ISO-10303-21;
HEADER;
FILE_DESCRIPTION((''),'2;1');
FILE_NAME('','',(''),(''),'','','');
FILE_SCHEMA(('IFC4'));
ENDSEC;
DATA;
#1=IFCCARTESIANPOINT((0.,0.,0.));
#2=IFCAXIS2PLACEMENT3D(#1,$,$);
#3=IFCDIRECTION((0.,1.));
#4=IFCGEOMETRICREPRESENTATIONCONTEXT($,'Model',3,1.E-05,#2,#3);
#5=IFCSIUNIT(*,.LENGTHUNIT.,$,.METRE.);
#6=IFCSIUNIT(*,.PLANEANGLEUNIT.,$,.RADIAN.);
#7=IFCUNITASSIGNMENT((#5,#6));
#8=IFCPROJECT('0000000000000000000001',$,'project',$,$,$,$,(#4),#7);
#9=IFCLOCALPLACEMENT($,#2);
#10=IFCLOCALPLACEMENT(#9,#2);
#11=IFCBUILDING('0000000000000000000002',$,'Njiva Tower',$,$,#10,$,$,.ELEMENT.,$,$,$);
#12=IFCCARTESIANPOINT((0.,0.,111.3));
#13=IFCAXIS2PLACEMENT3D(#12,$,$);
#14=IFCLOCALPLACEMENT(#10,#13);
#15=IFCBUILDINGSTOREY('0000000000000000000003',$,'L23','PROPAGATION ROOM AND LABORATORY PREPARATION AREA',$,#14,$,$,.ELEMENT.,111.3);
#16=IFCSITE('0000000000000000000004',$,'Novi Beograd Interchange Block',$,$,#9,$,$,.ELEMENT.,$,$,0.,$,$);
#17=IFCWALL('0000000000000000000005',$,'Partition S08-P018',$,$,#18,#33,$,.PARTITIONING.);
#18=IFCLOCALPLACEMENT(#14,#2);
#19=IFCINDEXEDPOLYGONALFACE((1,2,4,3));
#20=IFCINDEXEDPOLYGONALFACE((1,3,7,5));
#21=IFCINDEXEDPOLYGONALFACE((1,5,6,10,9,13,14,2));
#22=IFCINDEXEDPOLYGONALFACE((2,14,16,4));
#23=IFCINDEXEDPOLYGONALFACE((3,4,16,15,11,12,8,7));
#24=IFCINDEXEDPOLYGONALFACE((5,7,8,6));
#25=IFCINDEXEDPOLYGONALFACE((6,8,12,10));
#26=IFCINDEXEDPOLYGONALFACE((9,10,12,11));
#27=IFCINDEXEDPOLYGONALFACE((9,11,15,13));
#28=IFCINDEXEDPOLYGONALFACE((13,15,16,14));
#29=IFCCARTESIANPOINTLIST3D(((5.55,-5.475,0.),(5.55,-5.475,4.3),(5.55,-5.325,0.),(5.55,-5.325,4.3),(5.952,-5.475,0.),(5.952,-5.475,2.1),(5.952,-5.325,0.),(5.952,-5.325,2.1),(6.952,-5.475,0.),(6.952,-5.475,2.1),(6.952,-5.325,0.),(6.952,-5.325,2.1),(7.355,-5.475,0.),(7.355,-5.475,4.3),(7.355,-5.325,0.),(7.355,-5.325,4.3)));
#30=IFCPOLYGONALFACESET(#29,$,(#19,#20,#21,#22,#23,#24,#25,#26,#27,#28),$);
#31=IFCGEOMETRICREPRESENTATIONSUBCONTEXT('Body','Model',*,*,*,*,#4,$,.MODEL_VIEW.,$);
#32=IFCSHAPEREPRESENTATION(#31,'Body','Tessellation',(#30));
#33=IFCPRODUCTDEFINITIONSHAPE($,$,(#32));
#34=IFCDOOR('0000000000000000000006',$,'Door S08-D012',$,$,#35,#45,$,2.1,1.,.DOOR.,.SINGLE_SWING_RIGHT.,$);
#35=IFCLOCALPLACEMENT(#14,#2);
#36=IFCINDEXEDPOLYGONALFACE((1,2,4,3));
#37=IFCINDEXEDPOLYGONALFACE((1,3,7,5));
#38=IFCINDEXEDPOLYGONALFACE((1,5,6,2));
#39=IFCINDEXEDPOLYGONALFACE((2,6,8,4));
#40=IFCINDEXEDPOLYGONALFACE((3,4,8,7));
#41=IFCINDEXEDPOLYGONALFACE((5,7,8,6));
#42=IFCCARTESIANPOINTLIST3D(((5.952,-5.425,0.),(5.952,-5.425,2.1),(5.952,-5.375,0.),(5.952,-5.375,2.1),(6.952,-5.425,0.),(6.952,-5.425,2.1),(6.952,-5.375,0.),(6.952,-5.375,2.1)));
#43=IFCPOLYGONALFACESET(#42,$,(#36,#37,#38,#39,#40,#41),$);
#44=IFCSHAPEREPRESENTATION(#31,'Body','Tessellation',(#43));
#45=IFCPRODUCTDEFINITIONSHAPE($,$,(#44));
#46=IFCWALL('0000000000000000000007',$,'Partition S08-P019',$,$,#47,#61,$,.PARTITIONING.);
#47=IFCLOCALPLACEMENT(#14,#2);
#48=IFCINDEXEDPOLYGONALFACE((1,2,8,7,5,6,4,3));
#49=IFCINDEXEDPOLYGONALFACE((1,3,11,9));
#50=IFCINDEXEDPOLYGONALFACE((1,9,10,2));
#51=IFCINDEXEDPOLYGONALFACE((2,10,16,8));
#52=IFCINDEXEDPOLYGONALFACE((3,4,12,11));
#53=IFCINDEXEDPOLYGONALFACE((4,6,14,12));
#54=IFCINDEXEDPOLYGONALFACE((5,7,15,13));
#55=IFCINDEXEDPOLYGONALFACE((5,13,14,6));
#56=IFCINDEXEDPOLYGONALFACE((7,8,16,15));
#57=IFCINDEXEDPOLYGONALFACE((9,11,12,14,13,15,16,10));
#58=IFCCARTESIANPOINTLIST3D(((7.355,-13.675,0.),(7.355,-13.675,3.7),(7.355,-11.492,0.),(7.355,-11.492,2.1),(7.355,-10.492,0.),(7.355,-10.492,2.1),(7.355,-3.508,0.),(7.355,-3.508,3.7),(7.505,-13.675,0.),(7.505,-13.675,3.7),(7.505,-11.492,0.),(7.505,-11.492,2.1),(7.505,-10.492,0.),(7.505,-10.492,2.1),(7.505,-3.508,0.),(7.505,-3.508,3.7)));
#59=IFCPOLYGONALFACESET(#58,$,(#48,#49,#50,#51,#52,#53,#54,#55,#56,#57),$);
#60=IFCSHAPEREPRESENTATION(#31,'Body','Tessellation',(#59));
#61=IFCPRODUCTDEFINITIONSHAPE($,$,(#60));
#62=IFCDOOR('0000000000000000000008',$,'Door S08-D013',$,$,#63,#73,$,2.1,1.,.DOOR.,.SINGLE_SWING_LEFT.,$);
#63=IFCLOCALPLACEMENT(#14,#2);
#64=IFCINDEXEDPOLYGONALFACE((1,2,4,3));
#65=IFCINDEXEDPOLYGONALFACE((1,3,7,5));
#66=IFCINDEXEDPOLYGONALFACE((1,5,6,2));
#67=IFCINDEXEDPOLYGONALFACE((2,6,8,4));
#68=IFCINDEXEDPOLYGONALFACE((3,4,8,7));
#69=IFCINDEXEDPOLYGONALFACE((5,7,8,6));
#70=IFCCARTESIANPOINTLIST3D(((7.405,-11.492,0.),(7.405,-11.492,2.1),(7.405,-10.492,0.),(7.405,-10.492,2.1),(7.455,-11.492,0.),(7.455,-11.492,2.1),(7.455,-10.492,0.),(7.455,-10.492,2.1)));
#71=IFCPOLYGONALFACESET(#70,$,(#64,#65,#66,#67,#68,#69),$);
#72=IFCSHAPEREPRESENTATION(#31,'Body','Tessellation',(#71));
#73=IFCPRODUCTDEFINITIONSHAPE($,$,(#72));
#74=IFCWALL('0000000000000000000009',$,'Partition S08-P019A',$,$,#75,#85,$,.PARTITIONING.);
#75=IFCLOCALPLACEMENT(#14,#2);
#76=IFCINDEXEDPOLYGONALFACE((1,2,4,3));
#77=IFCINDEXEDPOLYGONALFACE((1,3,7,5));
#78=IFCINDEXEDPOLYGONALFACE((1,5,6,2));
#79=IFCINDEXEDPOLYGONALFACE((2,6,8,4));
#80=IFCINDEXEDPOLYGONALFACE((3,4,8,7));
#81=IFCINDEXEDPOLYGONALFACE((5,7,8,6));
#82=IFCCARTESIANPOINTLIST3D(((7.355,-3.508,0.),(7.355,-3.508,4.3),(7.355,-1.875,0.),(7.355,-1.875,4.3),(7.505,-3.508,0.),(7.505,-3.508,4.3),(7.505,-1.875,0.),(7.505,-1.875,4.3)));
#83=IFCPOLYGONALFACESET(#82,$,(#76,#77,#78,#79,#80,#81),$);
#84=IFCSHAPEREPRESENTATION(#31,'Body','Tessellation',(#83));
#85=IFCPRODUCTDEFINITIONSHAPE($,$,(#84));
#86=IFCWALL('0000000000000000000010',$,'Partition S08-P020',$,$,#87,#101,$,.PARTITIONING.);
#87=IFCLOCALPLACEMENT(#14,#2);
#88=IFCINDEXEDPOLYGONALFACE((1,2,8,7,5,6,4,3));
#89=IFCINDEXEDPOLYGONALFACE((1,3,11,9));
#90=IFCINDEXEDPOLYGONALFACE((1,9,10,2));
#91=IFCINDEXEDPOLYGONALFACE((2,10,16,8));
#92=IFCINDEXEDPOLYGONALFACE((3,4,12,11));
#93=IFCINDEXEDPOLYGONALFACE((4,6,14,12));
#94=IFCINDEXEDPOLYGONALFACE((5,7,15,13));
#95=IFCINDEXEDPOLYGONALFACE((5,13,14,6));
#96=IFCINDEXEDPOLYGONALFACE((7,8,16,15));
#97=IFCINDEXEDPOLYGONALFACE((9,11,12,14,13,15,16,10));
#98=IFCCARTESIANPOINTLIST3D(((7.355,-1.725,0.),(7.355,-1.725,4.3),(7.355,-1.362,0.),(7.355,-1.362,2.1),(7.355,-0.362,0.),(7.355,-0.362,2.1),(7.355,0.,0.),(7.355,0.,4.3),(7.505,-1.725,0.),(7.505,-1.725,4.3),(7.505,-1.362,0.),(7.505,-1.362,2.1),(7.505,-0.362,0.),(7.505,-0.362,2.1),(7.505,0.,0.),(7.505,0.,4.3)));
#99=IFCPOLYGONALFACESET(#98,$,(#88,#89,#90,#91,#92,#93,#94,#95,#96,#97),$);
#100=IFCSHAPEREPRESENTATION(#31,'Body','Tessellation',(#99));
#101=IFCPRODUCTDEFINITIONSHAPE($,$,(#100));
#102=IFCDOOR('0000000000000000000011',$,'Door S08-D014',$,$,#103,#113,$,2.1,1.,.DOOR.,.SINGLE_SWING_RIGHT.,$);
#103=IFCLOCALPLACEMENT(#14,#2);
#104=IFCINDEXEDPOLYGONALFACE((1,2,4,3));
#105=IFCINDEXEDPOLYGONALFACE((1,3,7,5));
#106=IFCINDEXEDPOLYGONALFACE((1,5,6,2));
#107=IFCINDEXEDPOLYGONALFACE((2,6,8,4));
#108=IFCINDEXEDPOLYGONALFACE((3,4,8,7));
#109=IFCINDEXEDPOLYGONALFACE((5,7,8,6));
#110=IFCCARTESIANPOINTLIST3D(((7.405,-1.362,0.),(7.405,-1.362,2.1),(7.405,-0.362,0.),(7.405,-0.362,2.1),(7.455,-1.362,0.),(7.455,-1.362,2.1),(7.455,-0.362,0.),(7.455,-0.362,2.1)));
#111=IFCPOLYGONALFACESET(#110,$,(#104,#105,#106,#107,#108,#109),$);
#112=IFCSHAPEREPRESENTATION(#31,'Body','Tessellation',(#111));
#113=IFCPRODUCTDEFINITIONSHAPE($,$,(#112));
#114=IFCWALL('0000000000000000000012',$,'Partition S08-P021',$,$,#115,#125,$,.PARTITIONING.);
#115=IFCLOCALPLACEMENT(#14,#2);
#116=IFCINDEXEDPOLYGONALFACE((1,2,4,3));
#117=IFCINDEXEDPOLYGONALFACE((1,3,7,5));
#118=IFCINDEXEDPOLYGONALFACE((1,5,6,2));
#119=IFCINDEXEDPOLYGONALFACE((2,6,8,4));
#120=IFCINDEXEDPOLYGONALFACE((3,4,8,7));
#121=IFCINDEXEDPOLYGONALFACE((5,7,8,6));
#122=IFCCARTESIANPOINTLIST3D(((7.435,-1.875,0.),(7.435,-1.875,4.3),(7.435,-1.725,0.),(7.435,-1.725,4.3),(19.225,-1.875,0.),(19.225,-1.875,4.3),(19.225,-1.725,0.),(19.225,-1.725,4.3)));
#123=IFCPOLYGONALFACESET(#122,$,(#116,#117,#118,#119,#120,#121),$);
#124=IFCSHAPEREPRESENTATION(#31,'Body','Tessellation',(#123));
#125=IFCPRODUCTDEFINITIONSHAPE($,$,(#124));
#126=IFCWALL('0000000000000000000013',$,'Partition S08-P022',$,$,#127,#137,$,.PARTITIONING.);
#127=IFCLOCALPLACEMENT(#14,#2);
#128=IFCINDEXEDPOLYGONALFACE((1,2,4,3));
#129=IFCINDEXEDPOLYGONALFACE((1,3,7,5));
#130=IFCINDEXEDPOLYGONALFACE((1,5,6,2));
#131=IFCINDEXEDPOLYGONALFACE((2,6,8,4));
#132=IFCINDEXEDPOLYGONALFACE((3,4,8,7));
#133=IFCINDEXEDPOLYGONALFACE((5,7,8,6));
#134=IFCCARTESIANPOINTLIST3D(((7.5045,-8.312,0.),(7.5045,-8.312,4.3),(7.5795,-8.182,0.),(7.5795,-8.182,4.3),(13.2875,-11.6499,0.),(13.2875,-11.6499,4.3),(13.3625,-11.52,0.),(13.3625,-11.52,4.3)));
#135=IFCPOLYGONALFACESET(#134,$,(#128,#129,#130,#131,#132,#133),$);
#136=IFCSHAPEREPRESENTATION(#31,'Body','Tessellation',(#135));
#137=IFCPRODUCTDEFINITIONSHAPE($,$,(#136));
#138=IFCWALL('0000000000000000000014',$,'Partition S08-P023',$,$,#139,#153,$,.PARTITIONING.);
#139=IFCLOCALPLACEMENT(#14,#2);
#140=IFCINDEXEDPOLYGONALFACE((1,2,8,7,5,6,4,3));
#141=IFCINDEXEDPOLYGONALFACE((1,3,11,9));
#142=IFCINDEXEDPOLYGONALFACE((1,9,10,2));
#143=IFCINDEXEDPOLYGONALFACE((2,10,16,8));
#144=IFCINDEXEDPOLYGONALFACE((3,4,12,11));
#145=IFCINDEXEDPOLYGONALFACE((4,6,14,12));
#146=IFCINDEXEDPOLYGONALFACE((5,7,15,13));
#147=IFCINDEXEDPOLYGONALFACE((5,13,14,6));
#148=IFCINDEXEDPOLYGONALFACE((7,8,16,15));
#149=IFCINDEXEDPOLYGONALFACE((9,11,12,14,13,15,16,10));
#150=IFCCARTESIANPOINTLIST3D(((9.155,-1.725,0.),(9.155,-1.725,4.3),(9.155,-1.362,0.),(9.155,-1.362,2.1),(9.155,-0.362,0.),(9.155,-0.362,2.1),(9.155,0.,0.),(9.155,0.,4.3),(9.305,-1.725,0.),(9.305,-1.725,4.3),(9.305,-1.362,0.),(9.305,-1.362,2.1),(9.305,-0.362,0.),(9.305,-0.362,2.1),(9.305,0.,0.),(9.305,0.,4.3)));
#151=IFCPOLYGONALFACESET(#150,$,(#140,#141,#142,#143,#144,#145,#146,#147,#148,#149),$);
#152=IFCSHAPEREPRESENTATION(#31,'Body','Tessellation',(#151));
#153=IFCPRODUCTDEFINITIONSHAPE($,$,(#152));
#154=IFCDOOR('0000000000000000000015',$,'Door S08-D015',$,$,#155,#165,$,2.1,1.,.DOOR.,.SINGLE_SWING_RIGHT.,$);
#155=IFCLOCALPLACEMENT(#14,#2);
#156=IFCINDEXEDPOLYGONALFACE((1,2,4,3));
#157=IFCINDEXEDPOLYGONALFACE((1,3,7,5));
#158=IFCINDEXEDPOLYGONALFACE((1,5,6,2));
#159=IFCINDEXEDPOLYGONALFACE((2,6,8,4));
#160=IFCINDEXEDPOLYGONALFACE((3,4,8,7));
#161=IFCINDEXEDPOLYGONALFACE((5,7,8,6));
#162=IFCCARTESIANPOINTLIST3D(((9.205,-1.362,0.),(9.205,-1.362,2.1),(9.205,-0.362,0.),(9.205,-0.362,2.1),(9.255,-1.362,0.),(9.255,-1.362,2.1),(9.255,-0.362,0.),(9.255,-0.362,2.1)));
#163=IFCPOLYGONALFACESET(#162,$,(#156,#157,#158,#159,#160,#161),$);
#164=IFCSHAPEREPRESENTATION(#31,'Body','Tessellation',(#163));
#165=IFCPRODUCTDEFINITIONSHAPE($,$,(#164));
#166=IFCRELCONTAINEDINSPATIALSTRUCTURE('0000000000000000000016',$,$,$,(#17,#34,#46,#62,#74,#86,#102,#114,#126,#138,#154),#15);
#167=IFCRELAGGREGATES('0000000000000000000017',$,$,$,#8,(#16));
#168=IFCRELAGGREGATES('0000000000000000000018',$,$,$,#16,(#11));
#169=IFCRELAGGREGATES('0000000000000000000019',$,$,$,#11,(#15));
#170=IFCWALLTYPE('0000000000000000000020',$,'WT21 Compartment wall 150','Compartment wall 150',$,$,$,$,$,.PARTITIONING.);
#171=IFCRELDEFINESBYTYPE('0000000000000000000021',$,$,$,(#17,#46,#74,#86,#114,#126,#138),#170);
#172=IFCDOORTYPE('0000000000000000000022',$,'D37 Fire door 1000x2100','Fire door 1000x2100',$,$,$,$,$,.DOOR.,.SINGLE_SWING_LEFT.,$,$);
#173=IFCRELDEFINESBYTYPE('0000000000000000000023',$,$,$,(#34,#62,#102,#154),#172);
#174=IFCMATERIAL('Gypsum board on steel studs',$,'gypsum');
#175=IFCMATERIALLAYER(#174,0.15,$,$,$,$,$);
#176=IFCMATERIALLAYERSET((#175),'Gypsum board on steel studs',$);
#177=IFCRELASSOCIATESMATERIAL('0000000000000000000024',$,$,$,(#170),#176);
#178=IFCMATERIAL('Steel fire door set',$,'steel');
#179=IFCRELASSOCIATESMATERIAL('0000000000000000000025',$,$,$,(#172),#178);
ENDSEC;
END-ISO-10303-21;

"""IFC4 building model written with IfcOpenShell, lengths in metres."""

from ifc_helpers import new_model, si_unit, direction, frame, frame_2d, origin, place, context, subcontext, project, spatial, rectangle, extrude, material, layer, layer_set, type_object, element, fill, save


model = new_model("IFC4")

# Units and contexts
model_context = context("Model", 3, precision=1e-05, world=origin(), true_north=direction((0.0, 1.0)))
body_context = subcontext(model_context, "Body", "Model", "MODEL_VIEW")
ifc_project = project(units=[si_unit("LENGTHUNIT", "METRE"), si_unit("PLANEANGLEUNIT", "RADIAN")], contexts=[model_context])

# Site, building, storey
site_placement = place(None, origin())
site = spatial("IfcSite", under=ifc_project, at=site_placement, Name="Novi Beograd Interchange Block", CompositionType="ELEMENT", RefElevation=0.0)
building_placement = place(site_placement, origin())
building = spatial("IfcBuilding", under=site, at=building_placement, Name="Njiva Tower", CompositionType="ELEMENT")
storey_placement = place(building_placement, frame((0.0, 0.0, 111.3)))
storey = spatial("IfcBuildingStorey", under=building, at=storey_placement, Name="L23", Description="PROPAGATION ROOM AND LABORATORY PREPARATION AREA", CompositionType="ELEMENT", Elevation=111.3)

# Shared definitions
ifc_material_1 = material(Name="Gypsum board on steel studs", Category="gypsum")
ifc_layer_1 = layer(ifc_material_1, 0.15)
ifc_layer_set_1 = layer_set([ifc_layer_1], Name="Gypsum board on steel studs")
wall_type_1 = type_object("IfcWallType", Name="WT21 Compartment wall 150", Description="Compartment wall 150", PredefinedType="PARTITIONING", material=ifc_layer_set_1)

# Shared definitions
ifc_material_2 = material(Name="Steel fire door set", Category="steel")
door_type_1 = type_object("IfcDoorType", Name="D37 Fire door 1000x2100", Description="Fire door 1000x2100", OperationType="SINGLE_SWING_LEFT", PredefinedType="DOOR", material=ifc_material_2)

# Walls, openings, doors
wall_1_placement = place(storey_placement, frame((5.55, -5.4, 0.0), z_axis=(0.0, 0.0, 1.0), x_axis=(1.0, 0.0, 0.0)))
wall_1 = element("IfcWall", 1, at=wall_1_placement, inside=storey, type_object=wall_type_1, Name="Partition S08-P018", PredefinedType="PARTITIONING", context=body_context, shape_type="SweptSolid", body=[
    extrude(rectangle(XDim=1.805, YDim=0.15, at=frame_2d((0.9025, 0.0))), origin(), (0.0, 0.0, 1.0), 4.3),
])
opening_1_placement = place(wall_1_placement, frame((0.402, 0.0, 0.0)))
opening_1 = element("IfcOpeningElement", 2, at=opening_1_placement, cuts=wall_1, PredefinedType="OPENING", context=body_context, shape_type="SweptSolid", body=[
    extrude(rectangle(XDim=1.0, YDim=2.1, at=frame_2d((0.5, 1.05))), frame((0.0, 0.085, 0.0), z_axis=(0.0, -1.0, 0.0), x_axis=(1.0, 0.0, 0.0)), (0.0, 0.0, 1.0), 0.17),
])
door_1_placement = place(opening_1_placement, origin())
door_1 = element("IfcDoor", 3, at=door_1_placement, inside=storey, type_object=door_type_1, Name="Door S08-D012", OperationType="SINGLE_SWING_RIGHT", OverallHeight=2.1, OverallWidth=1.0, PredefinedType="DOOR", context=body_context, shape_type="SweptSolid", body=[
    extrude(rectangle(XDim=1.0, YDim=2.1, at=frame_2d((0.5, 1.05))), frame((0.0, 0.025, 0.0), z_axis=(0.0, -1.0, 0.0), x_axis=(1.0, 0.0, 0.0)), (0.0, 0.0, 1.0), 0.05),
])
fill(opening_1, door_1)
wall_2_placement = place(storey_placement, frame((7.43, -13.675, 0.0), z_axis=(0.0, 0.0, 1.0), x_axis=(0.0, 1.0, 0.0)))
wall_2 = element("IfcWall", 4, at=wall_2_placement, inside=storey, type_object=wall_type_1, Name="Partition S08-P019", PredefinedType="PARTITIONING", context=body_context, shape_type="SweptSolid", body=[
    extrude(rectangle(XDim=10.167, YDim=0.15, at=frame_2d((5.0835, 0.0))), origin(), (0.0, 0.0, 1.0), 3.7),
])
opening_2_placement = place(wall_2_placement, frame((2.183, 0.0, 0.0)))
opening_2 = element("IfcOpeningElement", 5, at=opening_2_placement, cuts=wall_2, PredefinedType="OPENING", context=body_context, shape_type="SweptSolid", body=[
    extrude(rectangle(XDim=1.0, YDim=2.1, at=frame_2d((0.5, 1.05))), frame((0.0, 0.085, 0.0), z_axis=(0.0, -1.0, 0.0), x_axis=(1.0, 0.0, 0.0)), (0.0, 0.0, 1.0), 0.17),
])
door_2_placement = place(opening_2_placement, origin())
door_2 = element("IfcDoor", 6, at=door_2_placement, inside=storey, type_object=door_type_1, Name="Door S08-D013", OperationType="SINGLE_SWING_LEFT", OverallHeight=2.1, OverallWidth=1.0, PredefinedType="DOOR", context=body_context, shape_type="SweptSolid", body=[
    extrude(rectangle(XDim=1.0, YDim=2.1, at=frame_2d((0.5, 1.05))), frame((0.0, 0.025, 0.0), z_axis=(0.0, -1.0, 0.0), x_axis=(1.0, 0.0, 0.0)), (0.0, 0.0, 1.0), 0.05),
])
fill(opening_2, door_2)

# Wall
wall_3_placement = place(storey_placement, frame((7.43, -3.508, 0.0), z_axis=(0.0, 0.0, 1.0), x_axis=(0.0, 1.0, 0.0)))
element("IfcWall", 7, at=wall_3_placement, inside=storey, type_object=wall_type_1, Name="Partition S08-P019A", PredefinedType="PARTITIONING", context=body_context, shape_type="SweptSolid", body=[
    extrude(rectangle(XDim=1.633, YDim=0.15, at=frame_2d((0.8165, 0.0))), origin(), (0.0, 0.0, 1.0), 4.3),
])

# Wall, opening, door
wall_4_placement = place(storey_placement, frame((7.43, -1.725, 0.0), z_axis=(0.0, 0.0, 1.0), x_axis=(0.0, 1.0, 0.0)))
wall_4 = element("IfcWall", 8, at=wall_4_placement, inside=storey, type_object=wall_type_1, Name="Partition S08-P020", PredefinedType="PARTITIONING", context=body_context, shape_type="SweptSolid", body=[
    extrude(rectangle(XDim=1.725, YDim=0.15, at=frame_2d((0.8625, 0.0))), origin(), (0.0, 0.0, 1.0), 4.3),
])
opening_3_placement = place(wall_4_placement, frame((0.363, 0.0, 0.0)))
opening_3 = element("IfcOpeningElement", 9, at=opening_3_placement, cuts=wall_4, PredefinedType="OPENING", context=body_context, shape_type="SweptSolid", body=[
    extrude(rectangle(XDim=1.0, YDim=2.1, at=frame_2d((0.5, 1.05))), frame((0.0, 0.085, 0.0), z_axis=(0.0, -1.0, 0.0), x_axis=(1.0, 0.0, 0.0)), (0.0, 0.0, 1.0), 0.17),
])
door_3_placement = place(opening_3_placement, origin())
door_3 = element("IfcDoor", 10, at=door_3_placement, inside=storey, type_object=door_type_1, Name="Door S08-D014", OperationType="SINGLE_SWING_RIGHT", OverallHeight=2.1, OverallWidth=1.0, PredefinedType="DOOR", context=body_context, shape_type="SweptSolid", body=[
    extrude(rectangle(XDim=1.0, YDim=2.1, at=frame_2d((0.5, 1.05))), frame((0.0, 0.025, 0.0), z_axis=(0.0, -1.0, 0.0), x_axis=(1.0, 0.0, 0.0)), (0.0, 0.0, 1.0), 0.05),
])
fill(opening_3, door_3)

# Walls
wall_5_placement = place(storey_placement, frame((7.435, -1.8, 0.0), z_axis=(0.0, 0.0, 1.0), x_axis=(1.0, 0.0, 0.0)))
element("IfcWall", 11, at=wall_5_placement, inside=storey, type_object=wall_type_1, Name="Partition S08-P021", PredefinedType="PARTITIONING", context=body_context, shape_type="SweptSolid", body=[
    extrude(rectangle(XDim=11.79, YDim=0.15, at=frame_2d((5.895, 0.0))), origin(), (0.0, 0.0, 1.0), 4.3),
])
wall_6_placement = place(storey_placement, frame((7.542, -8.247, 0.0), z_axis=(0.0, 0.0, 1.0), x_axis=(0.866078, -0.499908, 0.0)))
element("IfcWall", 12, at=wall_6_placement, inside=storey, type_object=wall_type_1, Name="Partition S08-P022", PredefinedType="PARTITIONING", context=body_context, shape_type="SweptSolid", body=[
    extrude(rectangle(XDim=6.6772, YDim=0.15, at=frame_2d((3.3386, 0.0))), origin(), (0.0, 0.0, 1.0), 4.3),
])

# Wall, opening, door
wall_7_placement = place(storey_placement, frame((9.23, -1.725, 0.0), z_axis=(0.0, 0.0, 1.0), x_axis=(0.0, 1.0, 0.0)))
wall_7 = element("IfcWall", 13, at=wall_7_placement, inside=storey, type_object=wall_type_1, Name="Partition S08-P023", PredefinedType="PARTITIONING", context=body_context, shape_type="SweptSolid", body=[
    extrude(rectangle(XDim=1.725, YDim=0.15, at=frame_2d((0.8625, 0.0))), origin(), (0.0, 0.0, 1.0), 4.3),
])
opening_4_placement = place(wall_7_placement, frame((0.363, 0.0, 0.0)))
opening_4 = element("IfcOpeningElement", 14, at=opening_4_placement, cuts=wall_7, PredefinedType="OPENING", context=body_context, shape_type="SweptSolid", body=[
    extrude(rectangle(XDim=1.0, YDim=2.1, at=frame_2d((0.5, 1.05))), frame((0.0, 0.085, 0.0), z_axis=(0.0, -1.0, 0.0), x_axis=(1.0, 0.0, 0.0)), (0.0, 0.0, 1.0), 0.17),
])
door_4_placement = place(opening_4_placement, origin())
door_4 = element("IfcDoor", 15, at=door_4_placement, inside=storey, type_object=door_type_1, Name="Door S08-D015", OperationType="SINGLE_SWING_RIGHT", OverallHeight=2.1, OverallWidth=1.0, PredefinedType="DOOR", context=body_context, shape_type="SweptSolid", body=[
    extrude(rectangle(XDim=1.0, YDim=2.1, at=frame_2d((0.5, 1.05))), frame((0.0, 0.025, 0.0), z_axis=(0.0, -1.0, 0.0), x_axis=(1.0, 0.0, 0.0)), (0.0, 0.0, 1.0), 0.05),
])
fill(opening_4, door_4)

save(model, "model.ifc")
